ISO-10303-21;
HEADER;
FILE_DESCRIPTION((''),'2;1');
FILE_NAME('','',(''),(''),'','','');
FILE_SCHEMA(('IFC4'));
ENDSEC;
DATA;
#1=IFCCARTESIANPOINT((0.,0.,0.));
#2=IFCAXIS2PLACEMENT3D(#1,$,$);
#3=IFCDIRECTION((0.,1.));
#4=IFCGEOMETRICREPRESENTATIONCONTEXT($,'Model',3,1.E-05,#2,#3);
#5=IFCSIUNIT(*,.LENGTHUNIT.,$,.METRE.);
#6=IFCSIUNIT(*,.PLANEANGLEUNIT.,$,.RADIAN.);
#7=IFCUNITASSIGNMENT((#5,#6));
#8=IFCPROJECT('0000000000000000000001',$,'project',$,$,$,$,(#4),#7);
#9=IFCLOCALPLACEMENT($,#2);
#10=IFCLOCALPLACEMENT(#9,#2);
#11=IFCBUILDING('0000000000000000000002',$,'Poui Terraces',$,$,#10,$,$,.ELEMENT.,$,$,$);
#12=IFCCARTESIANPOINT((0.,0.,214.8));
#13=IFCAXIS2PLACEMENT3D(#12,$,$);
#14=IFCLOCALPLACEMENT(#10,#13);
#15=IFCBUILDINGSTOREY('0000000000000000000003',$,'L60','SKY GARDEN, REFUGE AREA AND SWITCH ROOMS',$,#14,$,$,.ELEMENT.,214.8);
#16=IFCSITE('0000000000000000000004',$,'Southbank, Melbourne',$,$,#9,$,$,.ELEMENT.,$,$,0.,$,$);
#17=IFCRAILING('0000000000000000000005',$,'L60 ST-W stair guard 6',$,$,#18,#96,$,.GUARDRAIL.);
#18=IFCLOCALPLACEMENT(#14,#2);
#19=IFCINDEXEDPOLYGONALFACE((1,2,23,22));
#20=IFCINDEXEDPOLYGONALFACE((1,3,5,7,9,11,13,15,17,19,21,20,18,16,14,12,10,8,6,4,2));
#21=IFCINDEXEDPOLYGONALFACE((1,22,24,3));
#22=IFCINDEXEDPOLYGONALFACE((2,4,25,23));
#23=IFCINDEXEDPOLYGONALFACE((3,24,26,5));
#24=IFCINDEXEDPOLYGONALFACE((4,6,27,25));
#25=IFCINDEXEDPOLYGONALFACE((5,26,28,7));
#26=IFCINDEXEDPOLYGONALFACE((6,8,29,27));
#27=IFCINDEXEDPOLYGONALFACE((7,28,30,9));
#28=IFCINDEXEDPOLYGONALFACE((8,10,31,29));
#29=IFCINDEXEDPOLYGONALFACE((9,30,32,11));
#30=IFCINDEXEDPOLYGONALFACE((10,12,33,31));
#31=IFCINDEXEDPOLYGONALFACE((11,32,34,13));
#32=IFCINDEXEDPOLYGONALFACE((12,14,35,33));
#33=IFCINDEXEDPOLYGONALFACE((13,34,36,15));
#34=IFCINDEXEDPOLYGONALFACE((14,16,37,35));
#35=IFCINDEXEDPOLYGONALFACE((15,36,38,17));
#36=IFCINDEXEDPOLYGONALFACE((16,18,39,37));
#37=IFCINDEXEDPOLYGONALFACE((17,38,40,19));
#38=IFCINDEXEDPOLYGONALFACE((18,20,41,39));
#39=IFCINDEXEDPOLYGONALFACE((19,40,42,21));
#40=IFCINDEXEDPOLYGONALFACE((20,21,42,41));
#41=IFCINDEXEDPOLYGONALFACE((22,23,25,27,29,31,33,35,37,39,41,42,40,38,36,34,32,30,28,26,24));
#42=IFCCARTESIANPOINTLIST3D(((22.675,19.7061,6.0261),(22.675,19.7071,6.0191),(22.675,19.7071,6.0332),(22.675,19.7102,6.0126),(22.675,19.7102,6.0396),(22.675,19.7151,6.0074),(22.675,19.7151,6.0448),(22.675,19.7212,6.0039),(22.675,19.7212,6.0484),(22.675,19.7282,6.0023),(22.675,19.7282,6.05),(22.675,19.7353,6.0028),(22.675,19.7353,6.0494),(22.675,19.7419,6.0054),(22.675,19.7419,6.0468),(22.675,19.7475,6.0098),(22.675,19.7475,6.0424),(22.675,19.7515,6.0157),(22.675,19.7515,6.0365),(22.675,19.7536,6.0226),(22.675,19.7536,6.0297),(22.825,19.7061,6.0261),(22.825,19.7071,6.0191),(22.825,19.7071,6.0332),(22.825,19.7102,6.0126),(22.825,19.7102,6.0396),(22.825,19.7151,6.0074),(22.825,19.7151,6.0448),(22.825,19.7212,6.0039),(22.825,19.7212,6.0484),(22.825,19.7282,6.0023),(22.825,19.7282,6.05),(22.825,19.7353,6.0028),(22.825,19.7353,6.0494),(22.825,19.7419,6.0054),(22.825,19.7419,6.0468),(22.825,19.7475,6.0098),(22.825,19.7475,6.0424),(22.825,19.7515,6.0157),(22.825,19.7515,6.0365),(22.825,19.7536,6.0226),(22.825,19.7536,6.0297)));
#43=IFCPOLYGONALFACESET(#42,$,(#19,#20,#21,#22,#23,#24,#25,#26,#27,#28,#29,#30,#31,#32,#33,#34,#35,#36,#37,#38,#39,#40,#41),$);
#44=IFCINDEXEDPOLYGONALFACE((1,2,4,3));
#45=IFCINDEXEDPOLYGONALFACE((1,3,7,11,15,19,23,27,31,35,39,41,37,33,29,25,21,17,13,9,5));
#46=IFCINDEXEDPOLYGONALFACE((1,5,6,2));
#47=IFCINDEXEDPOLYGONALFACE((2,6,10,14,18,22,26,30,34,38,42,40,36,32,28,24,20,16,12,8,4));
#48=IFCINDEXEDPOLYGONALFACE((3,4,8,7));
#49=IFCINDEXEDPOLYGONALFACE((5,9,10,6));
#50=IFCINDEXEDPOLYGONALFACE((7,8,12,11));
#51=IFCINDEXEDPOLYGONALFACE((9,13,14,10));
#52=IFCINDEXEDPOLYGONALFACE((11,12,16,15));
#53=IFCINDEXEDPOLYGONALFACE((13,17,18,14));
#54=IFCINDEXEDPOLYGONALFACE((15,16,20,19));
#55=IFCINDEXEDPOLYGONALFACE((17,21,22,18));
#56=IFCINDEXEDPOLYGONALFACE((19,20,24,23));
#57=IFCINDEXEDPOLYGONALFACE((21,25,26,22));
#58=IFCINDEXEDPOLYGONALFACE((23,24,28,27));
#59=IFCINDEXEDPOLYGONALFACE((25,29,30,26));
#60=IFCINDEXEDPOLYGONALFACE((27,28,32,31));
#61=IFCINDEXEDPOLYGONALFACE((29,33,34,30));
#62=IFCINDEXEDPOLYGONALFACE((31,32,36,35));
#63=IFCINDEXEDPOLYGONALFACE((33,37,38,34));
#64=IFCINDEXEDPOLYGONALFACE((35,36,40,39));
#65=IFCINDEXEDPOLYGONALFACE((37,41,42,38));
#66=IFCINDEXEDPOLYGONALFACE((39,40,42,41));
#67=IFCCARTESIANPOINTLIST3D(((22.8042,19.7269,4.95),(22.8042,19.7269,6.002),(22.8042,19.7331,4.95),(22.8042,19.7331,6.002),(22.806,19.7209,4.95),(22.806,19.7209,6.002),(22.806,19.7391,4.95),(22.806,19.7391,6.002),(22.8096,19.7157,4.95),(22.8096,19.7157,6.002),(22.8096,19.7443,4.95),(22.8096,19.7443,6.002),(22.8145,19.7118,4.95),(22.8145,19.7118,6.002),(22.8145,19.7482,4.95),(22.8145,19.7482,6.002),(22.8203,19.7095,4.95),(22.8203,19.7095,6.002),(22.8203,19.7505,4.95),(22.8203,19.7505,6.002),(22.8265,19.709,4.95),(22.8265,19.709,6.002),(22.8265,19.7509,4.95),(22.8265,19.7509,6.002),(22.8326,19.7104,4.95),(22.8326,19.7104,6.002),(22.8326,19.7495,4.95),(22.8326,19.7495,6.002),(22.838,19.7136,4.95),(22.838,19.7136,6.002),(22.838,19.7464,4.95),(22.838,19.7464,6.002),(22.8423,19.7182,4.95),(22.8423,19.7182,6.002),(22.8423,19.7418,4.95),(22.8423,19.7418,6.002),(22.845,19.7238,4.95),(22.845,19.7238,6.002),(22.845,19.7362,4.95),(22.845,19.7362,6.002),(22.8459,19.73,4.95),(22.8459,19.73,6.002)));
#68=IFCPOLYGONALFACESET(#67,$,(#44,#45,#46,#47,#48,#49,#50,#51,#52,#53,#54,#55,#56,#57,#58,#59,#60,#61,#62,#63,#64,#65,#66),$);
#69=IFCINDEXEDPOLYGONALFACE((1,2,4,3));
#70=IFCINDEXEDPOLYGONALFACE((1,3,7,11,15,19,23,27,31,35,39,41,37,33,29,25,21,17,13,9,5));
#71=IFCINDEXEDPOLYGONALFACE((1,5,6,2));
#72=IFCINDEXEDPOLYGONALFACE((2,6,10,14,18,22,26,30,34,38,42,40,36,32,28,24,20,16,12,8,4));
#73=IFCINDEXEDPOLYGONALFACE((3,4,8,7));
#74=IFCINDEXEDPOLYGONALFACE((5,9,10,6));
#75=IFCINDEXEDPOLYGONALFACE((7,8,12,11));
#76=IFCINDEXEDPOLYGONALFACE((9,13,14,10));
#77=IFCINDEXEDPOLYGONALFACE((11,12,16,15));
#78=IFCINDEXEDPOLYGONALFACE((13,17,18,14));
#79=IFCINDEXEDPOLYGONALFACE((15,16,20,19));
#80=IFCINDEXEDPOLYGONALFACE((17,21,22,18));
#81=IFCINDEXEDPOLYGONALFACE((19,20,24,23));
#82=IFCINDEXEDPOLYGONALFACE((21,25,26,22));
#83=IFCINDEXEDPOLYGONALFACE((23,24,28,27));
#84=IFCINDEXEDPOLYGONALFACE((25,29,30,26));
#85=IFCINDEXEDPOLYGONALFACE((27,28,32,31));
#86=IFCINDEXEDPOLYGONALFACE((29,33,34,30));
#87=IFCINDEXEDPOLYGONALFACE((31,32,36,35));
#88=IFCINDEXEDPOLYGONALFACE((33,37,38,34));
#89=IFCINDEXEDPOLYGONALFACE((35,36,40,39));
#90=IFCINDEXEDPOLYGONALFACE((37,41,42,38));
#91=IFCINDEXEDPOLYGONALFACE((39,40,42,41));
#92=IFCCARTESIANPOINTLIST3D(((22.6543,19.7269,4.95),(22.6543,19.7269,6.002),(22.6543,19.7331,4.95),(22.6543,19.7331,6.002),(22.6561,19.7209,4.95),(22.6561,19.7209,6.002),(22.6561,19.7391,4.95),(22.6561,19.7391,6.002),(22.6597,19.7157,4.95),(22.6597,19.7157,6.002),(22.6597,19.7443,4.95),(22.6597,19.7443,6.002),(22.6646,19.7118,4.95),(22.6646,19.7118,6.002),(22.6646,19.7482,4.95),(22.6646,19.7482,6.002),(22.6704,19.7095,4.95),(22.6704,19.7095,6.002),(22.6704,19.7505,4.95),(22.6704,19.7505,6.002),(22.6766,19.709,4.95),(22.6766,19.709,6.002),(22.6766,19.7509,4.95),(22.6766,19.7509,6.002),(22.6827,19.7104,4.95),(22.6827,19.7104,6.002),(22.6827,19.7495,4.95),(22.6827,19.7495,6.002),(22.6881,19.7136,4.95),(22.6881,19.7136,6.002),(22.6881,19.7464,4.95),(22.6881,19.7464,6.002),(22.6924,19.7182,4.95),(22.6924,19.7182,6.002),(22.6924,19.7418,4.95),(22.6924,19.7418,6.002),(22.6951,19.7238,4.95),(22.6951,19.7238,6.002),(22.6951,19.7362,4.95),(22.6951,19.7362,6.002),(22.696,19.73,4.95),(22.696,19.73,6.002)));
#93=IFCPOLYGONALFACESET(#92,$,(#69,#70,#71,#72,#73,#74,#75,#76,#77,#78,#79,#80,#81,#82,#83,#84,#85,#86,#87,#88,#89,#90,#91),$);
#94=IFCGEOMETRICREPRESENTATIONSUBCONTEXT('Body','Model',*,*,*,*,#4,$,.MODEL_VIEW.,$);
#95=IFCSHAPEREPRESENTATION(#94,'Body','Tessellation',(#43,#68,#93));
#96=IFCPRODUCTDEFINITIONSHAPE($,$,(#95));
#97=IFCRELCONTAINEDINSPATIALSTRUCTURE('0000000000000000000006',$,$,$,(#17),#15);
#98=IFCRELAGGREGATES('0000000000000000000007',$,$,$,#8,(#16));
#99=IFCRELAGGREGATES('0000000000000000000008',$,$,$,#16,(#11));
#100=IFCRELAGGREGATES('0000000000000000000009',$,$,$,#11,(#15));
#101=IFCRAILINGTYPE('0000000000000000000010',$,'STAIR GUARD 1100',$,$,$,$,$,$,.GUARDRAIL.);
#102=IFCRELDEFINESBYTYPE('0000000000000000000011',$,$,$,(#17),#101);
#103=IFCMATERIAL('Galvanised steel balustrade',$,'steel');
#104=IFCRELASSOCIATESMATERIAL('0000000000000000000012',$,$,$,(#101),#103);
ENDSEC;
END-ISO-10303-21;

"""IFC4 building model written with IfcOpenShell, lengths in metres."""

from ifc_helpers import new_model, si_unit, direction, frame, origin, origin_2d, place, context, subcontext, project, spatial, circle, extrude, material, type_object, element, save


model = new_model("IFC4")

# Units and contexts
model_context = context("Model", 3, precision=1e-05, world=origin(), true_north=direction((0.0, 1.0)))
body_context = subcontext(model_context, "Body", "Model", "MODEL_VIEW")
ifc_project = project(units=[si_unit("LENGTHUNIT", "METRE"), si_unit("PLANEANGLEUNIT", "RADIAN")], contexts=[model_context])

# Site, building, storey
site_placement = place(None, origin())
site = spatial("IfcSite", under=ifc_project, at=site_placement, Name="Southbank, Melbourne", CompositionType="ELEMENT", RefElevation=0.0)
building_placement = place(site_placement, origin())
building = spatial("IfcBuilding", under=site, at=building_placement, Name="Poui Terraces", CompositionType="ELEMENT")
storey_placement = place(building_placement, frame((0.0, 0.0, 214.8)))
storey = spatial("IfcBuildingStorey", under=building, at=storey_placement, Name="L60", Description="SKY GARDEN, REFUGE AREA AND SWITCH ROOMS", CompositionType="ELEMENT", Elevation=214.8)

# Railing
ifc_material_1 = material(Name="Galvanised steel balustrade", Category="steel")
railing_type = type_object("IfcRailingType", Name="STAIR GUARD 1100", PredefinedType="GUARDRAIL", material=ifc_material_1)
for number, where, name in (
    (1, (22.825, 19.73, 4.95), "L60 ST-W stair guard 6"),
):
    element("IfcRailing", number, at=place(storey_placement, frame(where)), inside=storey, type_object=railing_type, Name=name, PredefinedType="GUARDRAIL", context=body_context, shape_type="SweptSolid", body=[
        extrude(circle(Radius=0.0239, at=origin_2d()), frame((0.0, 0.0, 1.0762), z_axis=(-1.0, 0.0, 0.0), x_axis=(0.0, -1.0, 0.0)), (0.0, 0.0, 1.0), 0.1499),
        extrude(circle(Radius=0.021, at=origin_2d()), origin(), (0.0, 0.0, 1.0), 1.052),
        extrude(circle(Radius=0.021, at=origin_2d()), frame((-0.1499, 0.0, 0.0)), (0.0, 0.0, 1.0), 1.052),
    ])

save(model, "model.ifc")
